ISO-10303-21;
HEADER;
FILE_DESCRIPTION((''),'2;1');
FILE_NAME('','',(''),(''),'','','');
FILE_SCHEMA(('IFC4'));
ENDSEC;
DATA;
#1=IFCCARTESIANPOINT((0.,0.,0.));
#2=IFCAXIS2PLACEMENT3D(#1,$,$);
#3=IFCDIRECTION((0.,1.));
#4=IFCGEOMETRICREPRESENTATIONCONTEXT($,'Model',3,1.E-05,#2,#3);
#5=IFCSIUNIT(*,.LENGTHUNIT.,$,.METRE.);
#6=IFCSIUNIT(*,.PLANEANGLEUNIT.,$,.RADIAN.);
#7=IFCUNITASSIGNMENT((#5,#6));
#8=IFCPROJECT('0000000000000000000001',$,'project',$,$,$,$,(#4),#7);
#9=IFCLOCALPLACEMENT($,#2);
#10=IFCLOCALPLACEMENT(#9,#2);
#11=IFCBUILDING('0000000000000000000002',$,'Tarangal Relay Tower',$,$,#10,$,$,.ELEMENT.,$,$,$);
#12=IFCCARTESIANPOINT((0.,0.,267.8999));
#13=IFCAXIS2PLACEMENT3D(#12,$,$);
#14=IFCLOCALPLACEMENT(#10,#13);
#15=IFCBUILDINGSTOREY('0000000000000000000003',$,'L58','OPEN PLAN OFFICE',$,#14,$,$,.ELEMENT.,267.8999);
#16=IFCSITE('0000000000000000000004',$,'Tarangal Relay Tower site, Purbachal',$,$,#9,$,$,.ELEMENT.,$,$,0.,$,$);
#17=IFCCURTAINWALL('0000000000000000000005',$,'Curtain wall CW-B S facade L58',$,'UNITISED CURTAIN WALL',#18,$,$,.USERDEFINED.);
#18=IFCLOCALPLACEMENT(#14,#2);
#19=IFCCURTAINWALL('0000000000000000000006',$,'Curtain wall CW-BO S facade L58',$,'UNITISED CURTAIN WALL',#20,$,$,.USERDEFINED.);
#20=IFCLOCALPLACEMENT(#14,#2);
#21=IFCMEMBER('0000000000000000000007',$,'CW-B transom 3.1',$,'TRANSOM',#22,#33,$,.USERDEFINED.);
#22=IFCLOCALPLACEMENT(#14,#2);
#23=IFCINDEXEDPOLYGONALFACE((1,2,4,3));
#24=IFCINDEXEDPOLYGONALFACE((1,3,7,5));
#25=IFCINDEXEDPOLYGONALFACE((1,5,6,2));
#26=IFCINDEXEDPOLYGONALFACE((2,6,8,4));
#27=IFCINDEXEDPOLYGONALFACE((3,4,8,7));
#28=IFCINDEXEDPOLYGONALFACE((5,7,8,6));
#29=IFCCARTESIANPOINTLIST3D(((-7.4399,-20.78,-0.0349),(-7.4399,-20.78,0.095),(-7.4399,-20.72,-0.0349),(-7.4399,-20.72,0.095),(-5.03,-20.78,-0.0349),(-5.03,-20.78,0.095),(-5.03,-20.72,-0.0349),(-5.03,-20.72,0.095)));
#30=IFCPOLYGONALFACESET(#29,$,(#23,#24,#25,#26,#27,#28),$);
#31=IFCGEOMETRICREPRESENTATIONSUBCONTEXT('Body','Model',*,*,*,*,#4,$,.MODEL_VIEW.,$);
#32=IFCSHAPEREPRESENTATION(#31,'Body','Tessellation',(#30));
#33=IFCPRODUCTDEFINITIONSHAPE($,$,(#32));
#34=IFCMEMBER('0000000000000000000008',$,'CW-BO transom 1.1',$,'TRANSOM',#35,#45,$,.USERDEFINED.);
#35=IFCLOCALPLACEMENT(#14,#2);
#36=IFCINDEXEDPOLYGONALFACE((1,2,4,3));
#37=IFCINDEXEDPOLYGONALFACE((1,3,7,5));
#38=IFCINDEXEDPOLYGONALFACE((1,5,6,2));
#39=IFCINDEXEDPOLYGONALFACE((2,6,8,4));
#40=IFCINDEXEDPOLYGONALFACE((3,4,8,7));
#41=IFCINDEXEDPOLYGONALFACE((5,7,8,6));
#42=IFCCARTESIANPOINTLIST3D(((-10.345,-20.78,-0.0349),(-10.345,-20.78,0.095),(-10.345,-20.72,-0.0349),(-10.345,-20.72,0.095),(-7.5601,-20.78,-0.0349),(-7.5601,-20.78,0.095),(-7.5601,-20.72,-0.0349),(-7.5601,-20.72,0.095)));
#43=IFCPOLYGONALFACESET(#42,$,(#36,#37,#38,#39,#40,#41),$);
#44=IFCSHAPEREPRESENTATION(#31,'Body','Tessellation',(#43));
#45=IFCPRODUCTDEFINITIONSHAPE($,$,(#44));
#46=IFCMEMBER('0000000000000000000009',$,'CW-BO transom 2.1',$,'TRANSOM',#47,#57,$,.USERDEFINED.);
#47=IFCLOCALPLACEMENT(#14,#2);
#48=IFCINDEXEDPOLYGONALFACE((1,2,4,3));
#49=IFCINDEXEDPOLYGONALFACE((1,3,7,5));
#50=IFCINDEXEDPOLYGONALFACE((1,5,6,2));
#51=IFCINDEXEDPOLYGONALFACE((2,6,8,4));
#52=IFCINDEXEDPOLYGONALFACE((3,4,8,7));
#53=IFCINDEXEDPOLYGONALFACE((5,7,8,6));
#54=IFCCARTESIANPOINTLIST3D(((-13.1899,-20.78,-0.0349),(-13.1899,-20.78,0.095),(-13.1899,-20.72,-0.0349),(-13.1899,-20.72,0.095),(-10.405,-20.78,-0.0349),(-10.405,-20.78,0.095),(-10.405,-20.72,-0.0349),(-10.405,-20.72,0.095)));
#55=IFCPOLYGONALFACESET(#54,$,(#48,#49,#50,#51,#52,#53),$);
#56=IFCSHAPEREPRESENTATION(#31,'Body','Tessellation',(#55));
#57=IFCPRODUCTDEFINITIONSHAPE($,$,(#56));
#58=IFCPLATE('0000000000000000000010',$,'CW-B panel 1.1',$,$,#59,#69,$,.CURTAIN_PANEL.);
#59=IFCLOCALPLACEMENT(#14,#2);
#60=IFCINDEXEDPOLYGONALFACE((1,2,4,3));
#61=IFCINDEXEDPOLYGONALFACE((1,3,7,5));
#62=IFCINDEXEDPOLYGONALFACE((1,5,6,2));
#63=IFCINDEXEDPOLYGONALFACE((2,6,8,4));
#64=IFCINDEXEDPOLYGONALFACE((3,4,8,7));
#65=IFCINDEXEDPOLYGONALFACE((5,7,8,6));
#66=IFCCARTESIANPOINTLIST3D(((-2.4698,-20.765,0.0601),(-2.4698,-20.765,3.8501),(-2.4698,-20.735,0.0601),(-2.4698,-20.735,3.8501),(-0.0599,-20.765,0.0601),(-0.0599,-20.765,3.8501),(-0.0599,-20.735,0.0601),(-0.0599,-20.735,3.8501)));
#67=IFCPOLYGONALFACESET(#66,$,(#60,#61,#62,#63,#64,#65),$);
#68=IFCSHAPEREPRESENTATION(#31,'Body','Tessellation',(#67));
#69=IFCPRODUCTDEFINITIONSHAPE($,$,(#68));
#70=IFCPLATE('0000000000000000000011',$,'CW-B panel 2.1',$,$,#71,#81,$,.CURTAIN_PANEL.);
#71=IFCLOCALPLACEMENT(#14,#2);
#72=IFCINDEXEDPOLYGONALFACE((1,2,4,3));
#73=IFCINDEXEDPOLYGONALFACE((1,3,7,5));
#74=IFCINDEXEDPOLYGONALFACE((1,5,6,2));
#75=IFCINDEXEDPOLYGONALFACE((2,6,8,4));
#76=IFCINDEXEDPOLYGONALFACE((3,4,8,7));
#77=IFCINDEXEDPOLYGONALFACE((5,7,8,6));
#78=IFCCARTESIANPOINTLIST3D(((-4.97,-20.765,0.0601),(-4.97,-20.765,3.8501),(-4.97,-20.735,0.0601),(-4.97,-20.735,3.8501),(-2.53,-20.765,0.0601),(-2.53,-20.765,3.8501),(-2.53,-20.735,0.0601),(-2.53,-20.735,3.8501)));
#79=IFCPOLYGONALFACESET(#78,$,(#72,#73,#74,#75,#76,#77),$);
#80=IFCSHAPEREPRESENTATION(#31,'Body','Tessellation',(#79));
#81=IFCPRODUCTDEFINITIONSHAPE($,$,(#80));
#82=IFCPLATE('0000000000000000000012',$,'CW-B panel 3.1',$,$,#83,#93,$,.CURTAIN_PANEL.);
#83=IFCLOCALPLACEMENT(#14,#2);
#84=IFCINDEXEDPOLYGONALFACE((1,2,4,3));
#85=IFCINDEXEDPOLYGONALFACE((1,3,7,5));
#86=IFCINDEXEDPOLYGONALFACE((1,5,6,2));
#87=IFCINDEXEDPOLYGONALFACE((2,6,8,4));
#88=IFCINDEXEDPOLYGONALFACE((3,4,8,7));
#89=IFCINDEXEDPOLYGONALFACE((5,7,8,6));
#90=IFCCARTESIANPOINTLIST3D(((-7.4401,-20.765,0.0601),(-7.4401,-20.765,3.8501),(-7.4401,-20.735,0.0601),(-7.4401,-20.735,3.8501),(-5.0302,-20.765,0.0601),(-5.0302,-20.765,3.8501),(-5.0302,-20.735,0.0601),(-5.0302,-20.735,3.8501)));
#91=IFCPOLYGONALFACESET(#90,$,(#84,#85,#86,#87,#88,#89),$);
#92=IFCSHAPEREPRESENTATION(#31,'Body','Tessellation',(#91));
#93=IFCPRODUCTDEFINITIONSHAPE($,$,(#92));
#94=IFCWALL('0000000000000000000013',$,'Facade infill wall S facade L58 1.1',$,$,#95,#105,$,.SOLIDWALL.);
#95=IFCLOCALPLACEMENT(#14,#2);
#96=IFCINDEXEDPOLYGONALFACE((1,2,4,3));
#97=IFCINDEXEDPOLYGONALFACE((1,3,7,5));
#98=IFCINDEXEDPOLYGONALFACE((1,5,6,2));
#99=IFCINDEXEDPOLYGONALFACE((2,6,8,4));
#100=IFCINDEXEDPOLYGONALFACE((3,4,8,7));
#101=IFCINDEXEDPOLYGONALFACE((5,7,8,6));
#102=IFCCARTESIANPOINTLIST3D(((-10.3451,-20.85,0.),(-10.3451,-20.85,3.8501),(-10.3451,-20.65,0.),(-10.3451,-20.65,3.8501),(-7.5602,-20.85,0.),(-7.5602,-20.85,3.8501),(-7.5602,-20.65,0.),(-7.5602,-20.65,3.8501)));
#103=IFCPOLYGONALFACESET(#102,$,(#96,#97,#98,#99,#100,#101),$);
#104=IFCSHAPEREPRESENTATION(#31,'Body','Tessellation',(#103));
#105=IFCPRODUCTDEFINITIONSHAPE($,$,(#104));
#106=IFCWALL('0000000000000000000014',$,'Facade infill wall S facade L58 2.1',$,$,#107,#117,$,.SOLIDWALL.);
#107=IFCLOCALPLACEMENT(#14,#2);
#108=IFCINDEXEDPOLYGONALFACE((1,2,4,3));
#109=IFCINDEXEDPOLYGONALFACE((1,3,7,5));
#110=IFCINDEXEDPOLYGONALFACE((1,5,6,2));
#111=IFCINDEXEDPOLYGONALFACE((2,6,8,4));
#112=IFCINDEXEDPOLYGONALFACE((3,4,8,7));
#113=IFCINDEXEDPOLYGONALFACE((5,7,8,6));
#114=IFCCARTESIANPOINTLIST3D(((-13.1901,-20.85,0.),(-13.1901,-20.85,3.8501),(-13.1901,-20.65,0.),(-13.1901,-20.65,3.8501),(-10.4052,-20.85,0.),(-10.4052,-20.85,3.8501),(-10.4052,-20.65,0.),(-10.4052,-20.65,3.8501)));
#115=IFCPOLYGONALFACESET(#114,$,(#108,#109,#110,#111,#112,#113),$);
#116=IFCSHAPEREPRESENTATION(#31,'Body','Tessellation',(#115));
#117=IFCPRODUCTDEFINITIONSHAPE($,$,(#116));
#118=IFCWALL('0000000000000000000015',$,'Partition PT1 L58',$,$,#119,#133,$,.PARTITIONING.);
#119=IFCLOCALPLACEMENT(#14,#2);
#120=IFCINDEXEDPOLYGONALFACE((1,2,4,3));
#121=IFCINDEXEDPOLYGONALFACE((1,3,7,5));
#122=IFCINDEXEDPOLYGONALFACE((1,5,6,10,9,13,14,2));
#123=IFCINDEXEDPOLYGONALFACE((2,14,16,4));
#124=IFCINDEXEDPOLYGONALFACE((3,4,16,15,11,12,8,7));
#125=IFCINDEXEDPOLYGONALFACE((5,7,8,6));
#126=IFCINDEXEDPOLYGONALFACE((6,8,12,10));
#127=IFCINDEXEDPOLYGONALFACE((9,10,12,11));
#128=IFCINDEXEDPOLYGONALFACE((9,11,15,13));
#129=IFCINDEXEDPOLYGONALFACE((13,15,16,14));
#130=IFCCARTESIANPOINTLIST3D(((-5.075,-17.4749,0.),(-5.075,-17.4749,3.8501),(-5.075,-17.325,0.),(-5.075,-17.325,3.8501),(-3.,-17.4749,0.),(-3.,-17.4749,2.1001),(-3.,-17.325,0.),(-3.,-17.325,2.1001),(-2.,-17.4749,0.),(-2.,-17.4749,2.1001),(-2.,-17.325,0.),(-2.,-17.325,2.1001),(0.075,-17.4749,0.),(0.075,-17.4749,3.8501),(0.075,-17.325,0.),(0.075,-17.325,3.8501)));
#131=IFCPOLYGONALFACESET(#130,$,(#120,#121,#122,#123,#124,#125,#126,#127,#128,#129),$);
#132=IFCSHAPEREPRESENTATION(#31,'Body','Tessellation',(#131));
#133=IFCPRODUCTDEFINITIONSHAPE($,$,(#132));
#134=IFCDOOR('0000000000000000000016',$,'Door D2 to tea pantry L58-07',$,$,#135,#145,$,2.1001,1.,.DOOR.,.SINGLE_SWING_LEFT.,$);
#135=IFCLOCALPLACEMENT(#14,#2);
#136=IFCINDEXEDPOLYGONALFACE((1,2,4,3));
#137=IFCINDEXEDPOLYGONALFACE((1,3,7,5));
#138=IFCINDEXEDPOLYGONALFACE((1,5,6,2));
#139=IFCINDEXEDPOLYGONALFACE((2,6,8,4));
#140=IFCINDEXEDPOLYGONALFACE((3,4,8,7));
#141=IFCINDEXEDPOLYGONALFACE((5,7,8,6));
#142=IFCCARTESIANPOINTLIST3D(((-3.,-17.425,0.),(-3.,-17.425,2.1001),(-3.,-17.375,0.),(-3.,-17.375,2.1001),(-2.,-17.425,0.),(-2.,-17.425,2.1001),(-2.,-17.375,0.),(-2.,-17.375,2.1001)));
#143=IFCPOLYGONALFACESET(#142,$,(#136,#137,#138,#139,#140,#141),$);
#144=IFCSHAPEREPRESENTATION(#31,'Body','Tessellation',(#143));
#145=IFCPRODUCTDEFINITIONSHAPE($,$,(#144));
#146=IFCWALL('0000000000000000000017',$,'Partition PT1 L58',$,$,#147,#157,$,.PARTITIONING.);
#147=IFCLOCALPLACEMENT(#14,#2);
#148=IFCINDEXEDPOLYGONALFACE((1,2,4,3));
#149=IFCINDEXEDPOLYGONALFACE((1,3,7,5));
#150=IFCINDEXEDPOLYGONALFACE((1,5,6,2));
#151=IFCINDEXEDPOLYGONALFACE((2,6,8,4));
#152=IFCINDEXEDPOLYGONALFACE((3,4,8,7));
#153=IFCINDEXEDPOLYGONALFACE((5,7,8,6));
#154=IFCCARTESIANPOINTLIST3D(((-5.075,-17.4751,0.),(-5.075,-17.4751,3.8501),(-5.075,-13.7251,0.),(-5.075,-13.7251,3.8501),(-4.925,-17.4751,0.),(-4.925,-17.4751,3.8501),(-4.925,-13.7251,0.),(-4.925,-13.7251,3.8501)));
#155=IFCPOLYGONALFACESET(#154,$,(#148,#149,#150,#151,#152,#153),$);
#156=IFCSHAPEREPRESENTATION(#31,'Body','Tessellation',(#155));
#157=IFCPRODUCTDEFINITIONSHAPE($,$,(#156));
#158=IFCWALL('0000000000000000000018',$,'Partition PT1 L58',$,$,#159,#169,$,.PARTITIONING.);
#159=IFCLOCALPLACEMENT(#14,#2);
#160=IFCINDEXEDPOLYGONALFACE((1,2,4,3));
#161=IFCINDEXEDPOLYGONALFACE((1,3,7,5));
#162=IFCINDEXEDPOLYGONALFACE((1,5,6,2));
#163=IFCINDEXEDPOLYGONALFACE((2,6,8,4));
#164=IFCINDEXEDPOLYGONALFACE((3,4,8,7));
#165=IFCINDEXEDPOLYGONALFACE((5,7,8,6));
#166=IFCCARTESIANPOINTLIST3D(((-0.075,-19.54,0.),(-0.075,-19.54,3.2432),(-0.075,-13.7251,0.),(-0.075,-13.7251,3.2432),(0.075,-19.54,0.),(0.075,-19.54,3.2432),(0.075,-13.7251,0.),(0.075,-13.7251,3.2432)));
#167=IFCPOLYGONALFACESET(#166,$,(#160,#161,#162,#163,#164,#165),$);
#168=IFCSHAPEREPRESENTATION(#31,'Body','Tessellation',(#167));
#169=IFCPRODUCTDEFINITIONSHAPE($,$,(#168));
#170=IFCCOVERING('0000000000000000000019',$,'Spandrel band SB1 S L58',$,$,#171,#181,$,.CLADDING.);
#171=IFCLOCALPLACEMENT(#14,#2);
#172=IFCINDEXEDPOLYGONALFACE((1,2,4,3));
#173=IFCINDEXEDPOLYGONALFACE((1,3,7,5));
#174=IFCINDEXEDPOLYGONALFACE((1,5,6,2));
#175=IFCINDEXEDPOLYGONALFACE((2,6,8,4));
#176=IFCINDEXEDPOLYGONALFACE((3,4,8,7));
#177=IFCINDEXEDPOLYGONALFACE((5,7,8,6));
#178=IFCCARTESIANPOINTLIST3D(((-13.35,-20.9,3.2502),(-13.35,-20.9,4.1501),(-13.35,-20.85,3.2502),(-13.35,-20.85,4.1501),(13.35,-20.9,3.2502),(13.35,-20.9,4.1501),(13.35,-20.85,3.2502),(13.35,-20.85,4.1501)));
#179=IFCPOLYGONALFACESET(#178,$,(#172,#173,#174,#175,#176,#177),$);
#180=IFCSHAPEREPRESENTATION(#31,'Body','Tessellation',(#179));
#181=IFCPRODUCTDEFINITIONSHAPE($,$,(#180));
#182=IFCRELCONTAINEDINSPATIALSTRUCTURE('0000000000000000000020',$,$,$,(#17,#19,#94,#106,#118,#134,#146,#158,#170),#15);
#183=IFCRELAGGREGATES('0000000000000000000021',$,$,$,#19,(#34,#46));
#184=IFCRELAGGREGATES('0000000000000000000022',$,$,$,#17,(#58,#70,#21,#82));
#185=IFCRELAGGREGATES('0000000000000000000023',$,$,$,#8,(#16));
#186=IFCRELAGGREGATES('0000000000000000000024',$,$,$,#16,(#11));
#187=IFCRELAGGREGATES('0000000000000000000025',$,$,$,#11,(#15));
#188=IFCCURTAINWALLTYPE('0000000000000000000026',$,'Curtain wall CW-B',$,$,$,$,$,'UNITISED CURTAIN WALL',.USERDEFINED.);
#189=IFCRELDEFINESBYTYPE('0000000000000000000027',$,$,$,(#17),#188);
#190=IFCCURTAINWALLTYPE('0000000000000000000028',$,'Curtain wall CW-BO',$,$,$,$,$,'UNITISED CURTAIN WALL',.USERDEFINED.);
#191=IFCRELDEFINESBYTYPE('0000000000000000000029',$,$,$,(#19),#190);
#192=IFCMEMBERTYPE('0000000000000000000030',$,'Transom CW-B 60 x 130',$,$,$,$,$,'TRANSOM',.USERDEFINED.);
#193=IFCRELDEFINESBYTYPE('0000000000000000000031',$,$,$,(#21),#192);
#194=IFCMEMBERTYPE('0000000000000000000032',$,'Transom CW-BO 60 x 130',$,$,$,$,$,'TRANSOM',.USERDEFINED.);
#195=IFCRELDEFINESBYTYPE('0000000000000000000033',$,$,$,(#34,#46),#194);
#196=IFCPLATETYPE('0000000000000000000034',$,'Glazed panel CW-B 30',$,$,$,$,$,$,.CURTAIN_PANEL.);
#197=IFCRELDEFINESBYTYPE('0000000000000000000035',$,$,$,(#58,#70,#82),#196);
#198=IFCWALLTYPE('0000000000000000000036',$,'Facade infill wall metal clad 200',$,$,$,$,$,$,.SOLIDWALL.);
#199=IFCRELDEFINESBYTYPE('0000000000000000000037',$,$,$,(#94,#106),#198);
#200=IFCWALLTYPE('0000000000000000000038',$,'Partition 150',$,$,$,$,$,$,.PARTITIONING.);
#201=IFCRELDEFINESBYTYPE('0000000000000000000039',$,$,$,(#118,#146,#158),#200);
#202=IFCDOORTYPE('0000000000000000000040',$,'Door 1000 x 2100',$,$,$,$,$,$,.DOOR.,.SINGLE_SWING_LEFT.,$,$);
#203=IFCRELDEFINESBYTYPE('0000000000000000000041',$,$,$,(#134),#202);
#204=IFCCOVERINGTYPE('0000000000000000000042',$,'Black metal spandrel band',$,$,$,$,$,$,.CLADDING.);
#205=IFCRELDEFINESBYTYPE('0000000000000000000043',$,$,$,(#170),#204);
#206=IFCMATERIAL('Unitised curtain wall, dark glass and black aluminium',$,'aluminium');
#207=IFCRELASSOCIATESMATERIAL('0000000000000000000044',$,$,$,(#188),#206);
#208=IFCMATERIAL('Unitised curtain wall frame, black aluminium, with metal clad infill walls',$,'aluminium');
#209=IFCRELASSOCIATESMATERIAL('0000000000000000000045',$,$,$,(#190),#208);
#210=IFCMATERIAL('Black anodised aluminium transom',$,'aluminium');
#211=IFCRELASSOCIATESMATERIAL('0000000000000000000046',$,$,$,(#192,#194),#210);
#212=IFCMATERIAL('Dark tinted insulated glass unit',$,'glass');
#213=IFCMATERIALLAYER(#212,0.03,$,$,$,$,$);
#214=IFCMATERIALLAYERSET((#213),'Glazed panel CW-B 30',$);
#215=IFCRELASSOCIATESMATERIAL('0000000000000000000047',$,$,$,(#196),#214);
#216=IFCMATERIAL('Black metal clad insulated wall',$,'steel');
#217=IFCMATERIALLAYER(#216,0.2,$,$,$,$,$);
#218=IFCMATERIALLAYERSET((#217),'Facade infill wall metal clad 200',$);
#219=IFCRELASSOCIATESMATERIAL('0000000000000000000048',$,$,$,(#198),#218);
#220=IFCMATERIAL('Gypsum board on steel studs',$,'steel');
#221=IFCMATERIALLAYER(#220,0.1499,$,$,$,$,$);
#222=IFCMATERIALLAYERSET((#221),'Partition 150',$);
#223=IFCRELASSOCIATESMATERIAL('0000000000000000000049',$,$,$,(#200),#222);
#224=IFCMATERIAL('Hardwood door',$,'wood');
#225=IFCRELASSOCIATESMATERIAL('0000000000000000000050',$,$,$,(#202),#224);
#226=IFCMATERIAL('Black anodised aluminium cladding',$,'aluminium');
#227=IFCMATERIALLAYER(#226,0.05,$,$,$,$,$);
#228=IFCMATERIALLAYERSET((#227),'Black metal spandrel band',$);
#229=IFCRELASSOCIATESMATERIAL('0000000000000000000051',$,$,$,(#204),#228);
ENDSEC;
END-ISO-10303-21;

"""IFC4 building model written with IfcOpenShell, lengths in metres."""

from ifc_helpers import new_model, si_unit, direction, frame, frame_2d, origin, origin_2d, place, context, subcontext, project, spatial, rectangle, extrude, material, layer, layer_set, material_profile, profile_set, type_object, element, fill, aggregate, save


model = new_model("IFC4")

# Units and contexts
model_context = context("Model", 3, precision=1e-05, world=origin(), true_north=direction((0.0, 1.0)))
body_context = subcontext(model_context, "Body", "Model", "MODEL_VIEW")
ifc_project = project(units=[si_unit("LENGTHUNIT", "METRE"), si_unit("PLANEANGLEUNIT", "RADIAN")], contexts=[model_context])

# Site, building, storey
site_placement = place(None, origin())
site = spatial("IfcSite", under=ifc_project, at=site_placement, Name="Tarangal Relay Tower site, Purbachal", CompositionType="ELEMENT", RefElevation=0.0)
building_placement = place(site_placement, origin())
building = spatial("IfcBuilding", under=site, at=building_placement, Name="Tarangal Relay Tower", CompositionType="ELEMENT")
storey_placement = place(building_placement, frame((0.0, 0.0, 267.8999)))
storey = spatial("IfcBuildingStorey", under=building, at=storey_placement, Name="L58", Description="OPEN PLAN OFFICE", CompositionType="ELEMENT", Elevation=267.8999)

# Curtain walls
ifc_material_1 = material(Name="Unitised curtain wall, dark glass and black aluminium", Category="aluminium")
curtain_wall_type_1 = type_object("IfcCurtainWallType", Name="Curtain wall CW-B", ElementType="UNITISED CURTAIN WALL", PredefinedType="USERDEFINED", material=ifc_material_1)
curtain_wall_1_placement = place(storey_placement, origin())
curtain_wall_1 = element("IfcCurtainWall", 1, at=curtain_wall_1_placement, inside=storey, type_object=curtain_wall_type_1, Name="Curtain wall CW-B S facade L58", ObjectType="UNITISED CURTAIN WALL", PredefinedType="USERDEFINED")
ifc_material_2 = material(Name="Unitised curtain wall frame, black aluminium, with metal clad infill walls", Category="aluminium")
curtain_wall_type_2 = type_object("IfcCurtainWallType", Name="Curtain wall CW-BO", ElementType="UNITISED CURTAIN WALL", PredefinedType="USERDEFINED", material=ifc_material_2)
curtain_wall_2_placement = place(storey_placement, origin())
curtain_wall_2 = element("IfcCurtainWall", 2, at=curtain_wall_2_placement, inside=storey, type_object=curtain_wall_type_2, Name="Curtain wall CW-BO S facade L58", ObjectType="UNITISED CURTAIN WALL", PredefinedType="USERDEFINED")

# Members
ifc_material_3 = material(Name="Black anodised aluminium transom", Category="aluminium")
ifc_material_profile_1 = material_profile(ifc_material_3, rectangle(XDim=0.0601, YDim=0.1299, at=origin_2d()), Name="CW-BT 60X130")
ifc_profile_set_1 = profile_set([ifc_material_profile_1], Name="Black anodised aluminium transom")
member_type_1 = type_object("IfcMemberType", Name="Transom CW-B 60 x 130", ElementType="TRANSOM", PredefinedType="USERDEFINED", material=ifc_profile_set_1)
member_1_placement = place(storey_placement, frame((-5.03, -20.75, 0.03), z_axis=(-1.0, 0.0, 0.0), x_axis=(0.0, -1.0, 0.0)))
member_1 = element("IfcMember", 3, at=member_1_placement, type_object=member_type_1, Name="CW-B transom 3.1", ObjectType="TRANSOM", PredefinedType="USERDEFINED", context=body_context, shape_type="SweptSolid", body=[
    extrude(rectangle(XDim=0.0601, YDim=0.1299, at=origin_2d()), origin(), (0.0, 0.0, 1.0), 2.4099),
])
ifc_material_profile_2 = material_profile(ifc_material_3, rectangle(XDim=0.0601, YDim=0.1299, at=origin_2d()), Name="CW-BOT 60X130")
ifc_profile_set_2 = profile_set([ifc_material_profile_2], Name="Black anodised aluminium transom")
member_type_2 = type_object("IfcMemberType", Name="Transom CW-BO 60 x 130", ElementType="TRANSOM", PredefinedType="USERDEFINED", material=ifc_profile_set_2)
member_2_placement = place(storey_placement, frame((-7.5601, -20.75, 0.03), z_axis=(-1.0, 0.0, 0.0), x_axis=(0.0, -1.0, 0.0)))
member_2 = element("IfcMember", 4, at=member_2_placement, type_object=member_type_2, Name="CW-BO transom 1.1", ObjectType="TRANSOM", PredefinedType="USERDEFINED", context=body_context, shape_type="SweptSolid", body=[
    extrude(rectangle(XDim=0.0601, YDim=0.1299, at=origin_2d()), origin(), (0.0, 0.0, 1.0), 2.7849),
])
member_3_placement = place(storey_placement, frame((-10.405, -20.75, 0.03), z_axis=(-1.0, 0.0, 0.0), x_axis=(0.0, -1.0, 0.0)))
member_3 = element("IfcMember", 5, at=member_3_placement, type_object=member_type_2, Name="CW-BO transom 2.1", ObjectType="TRANSOM", PredefinedType="USERDEFINED", context=body_context, shape_type="SweptSolid", body=[
    extrude(rectangle(XDim=0.0601, YDim=0.1299, at=origin_2d()), origin(), (0.0, 0.0, 1.0), 2.7849),
])
aggregate(curtain_wall_2, [member_2, member_3])

# Plates
ifc_material_4 = material(Name="Dark tinted insulated glass unit", Category="glass")
ifc_layer_1 = layer(ifc_material_4, 0.03)
ifc_layer_set_1 = layer_set([ifc_layer_1], Name="Glazed panel CW-B 30")
plate_type = type_object("IfcPlateType", Name="Glazed panel CW-B 30", PredefinedType="CURTAIN_PANEL", material=ifc_layer_set_1)
plate_1_placement = place(storey_placement, frame((-1.2649, -20.75, 0.0601), z_axis=(0.0, 0.0, 1.0), x_axis=(-1.0, 0.0, 0.0)))
plate_1 = element("IfcPlate", 6, at=plate_1_placement, type_object=plate_type, Name="CW-B panel 1.1", PredefinedType="CURTAIN_PANEL", context=body_context, shape_type="SweptSolid", body=[
    extrude(rectangle(XDim=2.4099, YDim=0.03, at=origin_2d()), origin(), (0.0, 0.0, 1.0), 3.79),
])
plate_2_placement = place(storey_placement, frame((-3.75, -20.75, 0.0601), z_axis=(0.0, 0.0, 1.0), x_axis=(-1.0, 0.0, 0.0)))
plate_2 = element("IfcPlate", 7, at=plate_2_placement, type_object=plate_type, Name="CW-B panel 2.1", PredefinedType="CURTAIN_PANEL", context=body_context, shape_type="SweptSolid", body=[
    extrude(rectangle(XDim=2.4399, YDim=0.03, at=origin_2d()), origin(), (0.0, 0.0, 1.0), 3.79),
])
plate_3_placement = place(storey_placement, frame((-6.2351, -20.75, 0.0601), z_axis=(0.0, 0.0, 1.0), x_axis=(-1.0, 0.0, 0.0)))
plate_3 = element("IfcPlate", 8, at=plate_3_placement, type_object=plate_type, Name="CW-B panel 3.1", PredefinedType="CURTAIN_PANEL", context=body_context, shape_type="SweptSolid", body=[
    extrude(rectangle(XDim=2.4099, YDim=0.03, at=origin_2d()), origin(), (0.0, 0.0, 1.0), 3.79),
])
aggregate(curtain_wall_1, [plate_1, plate_2, member_1, plate_3])

# Walls
ifc_material_5 = material(Name="Black metal clad insulated wall", Category="steel")
ifc_layer_2 = layer(ifc_material_5, 0.2)
ifc_layer_set_2 = layer_set([ifc_layer_2], Name="Facade infill wall metal clad 200")
wall_type_1 = type_object("IfcWallType", Name="Facade infill wall metal clad 200", PredefinedType="SOLIDWALL", material=ifc_layer_set_2)
for number, where, z_axis, x_axis, name in (
    (9, (-7.5601, -20.75, 0.0), (0.0, 0.0, 1.0), (-1.0, 0.0, 0.0), "Facade infill wall S facade L58 1.1"),
    (10, (-10.405, -20.75, 0.0), (0.0, 0.0, 1.0), (-1.0, 0.0, 0.0), "Facade infill wall S facade L58 2.1"),
):
    element("IfcWall", number, at=place(storey_placement, frame(where, z_axis=z_axis, x_axis=x_axis)), inside=storey, type_object=wall_type_1, Name=name, PredefinedType="SOLIDWALL", context=body_context, shape_type="SweptSolid", body=[
        extrude(rectangle(XDim=2.7849, YDim=0.2, at=frame_2d((1.3926, 0.0))), origin(), (0.0, 0.0, 1.0), 3.8501),
    ])

# Wall, opening, door
ifc_material_6 = material(Name="Gypsum board on steel studs", Category="steel")
ifc_layer_3 = layer(ifc_material_6, 0.1499)
ifc_layer_set_3 = layer_set([ifc_layer_3], Name="Partition 150")
wall_type_2 = type_object("IfcWallType", Name="Partition 150", PredefinedType="PARTITIONING", material=ifc_layer_set_3)
wall_1_placement = place(storey_placement, frame((-5.075, -17.3999, 0.0), z_axis=(0.0, 0.0, 1.0), x_axis=(1.0, 0.0, 0.0)))
wall_1 = element("IfcWall", 11, at=wall_1_placement, inside=storey, type_object=wall_type_2, Name="Partition PT1 L58", PredefinedType="PARTITIONING", context=body_context, shape_type="SweptSolid", body=[
    extrude(rectangle(XDim=5.1499, YDim=0.1499, at=frame_2d((2.575, 0.0))), origin(), (0.0, 0.0, 1.0), 3.8501),
])
opening_placement = place(wall_1_placement, frame((2.075, 0.0, 0.0)))
opening = element("IfcOpeningElement", 12, at=opening_placement, cuts=wall_1, PredefinedType="OPENING", context=body_context, shape_type="SweptSolid", body=[
    extrude(rectangle(XDim=1.0, YDim=2.1001, at=frame_2d((0.5, 1.05))), frame((0.0, 0.085, 0.0), z_axis=(0.0, -1.0, 0.0), x_axis=(1.0, 0.0, 0.0)), (0.0, 0.0, 1.0), 0.1699),
])
ifc_material_7 = material(Name="Hardwood door", Category="wood")
door_type = type_object("IfcDoorType", Name="Door 1000 x 2100", OperationType="SINGLE_SWING_LEFT", PredefinedType="DOOR", material=ifc_material_7)
door_placement = place(opening_placement, origin())
door = element("IfcDoor", 13, at=door_placement, inside=storey, type_object=door_type, Name="Door D2 to tea pantry L58-07", OperationType="SINGLE_SWING_LEFT", OverallHeight=2.1001, OverallWidth=1.0, PredefinedType="DOOR", context=body_context, shape_type="SweptSolid", body=[
    extrude(rectangle(XDim=1.0, YDim=2.1001, at=frame_2d((0.5, 1.05))), frame((0.0, 0.0249, 0.0), z_axis=(0.0, -1.0, 0.0), x_axis=(1.0, 0.0, 0.0)), (0.0, 0.0, 1.0), 0.05),
])
fill(opening, door)

# Walls
wall_2_placement = place(storey_placement, frame((-5.0, -17.4751, 0.0), z_axis=(0.0, 0.0, 1.0), x_axis=(0.0, 1.0, 0.0)))
element("IfcWall", 14, at=wall_2_placement, inside=storey, type_object=wall_type_2, Name="Partition PT1 L58", PredefinedType="PARTITIONING", context=body_context, shape_type="SweptSolid", body=[
    extrude(rectangle(XDim=3.75, YDim=0.1499, at=frame_2d((1.875, 0.0))), origin(), (0.0, 0.0, 1.0), 3.8501),
])
wall_3_placement = place(storey_placement, frame((0.0, -19.54, 0.0), z_axis=(0.0, 0.0, 1.0), x_axis=(0.0, 1.0, 0.0)))
element("IfcWall", 15, at=wall_3_placement, inside=storey, type_object=wall_type_2, Name="Partition PT1 L58", PredefinedType="PARTITIONING", context=body_context, shape_type="SweptSolid", body=[
    extrude(rectangle(XDim=5.8149, YDim=0.1499, at=frame_2d((2.9075, 0.0))), origin(), (0.0, 0.0, 1.0), 3.2432),
])

# Covering
ifc_material_8 = material(Name="Black anodised aluminium cladding", Category="aluminium")
ifc_layer_4 = layer(ifc_material_8, 0.05)
ifc_layer_set_4 = layer_set([ifc_layer_4], Name="Black metal spandrel band")
covering_type = type_object("IfcCoveringType", Name="Black metal spandrel band", PredefinedType="CLADDING", material=ifc_layer_set_4)
covering_placement = place(storey_placement, frame((0.0, -20.875, 3.2502), z_axis=(0.0, 0.0, 1.0), x_axis=(-1.0, 0.0, 0.0)))
element("IfcCovering", 16, at=covering_placement, inside=storey, type_object=covering_type, Name="Spandrel band SB1 S L58", PredefinedType="CLADDING", context=body_context, shape_type="SweptSolid", body=[
    extrude(rectangle(XDim=26.7, YDim=0.05, at=origin_2d()), origin(), (0.0, 0.0, 1.0), 0.8999),
])

save(model, "model.ifc")
